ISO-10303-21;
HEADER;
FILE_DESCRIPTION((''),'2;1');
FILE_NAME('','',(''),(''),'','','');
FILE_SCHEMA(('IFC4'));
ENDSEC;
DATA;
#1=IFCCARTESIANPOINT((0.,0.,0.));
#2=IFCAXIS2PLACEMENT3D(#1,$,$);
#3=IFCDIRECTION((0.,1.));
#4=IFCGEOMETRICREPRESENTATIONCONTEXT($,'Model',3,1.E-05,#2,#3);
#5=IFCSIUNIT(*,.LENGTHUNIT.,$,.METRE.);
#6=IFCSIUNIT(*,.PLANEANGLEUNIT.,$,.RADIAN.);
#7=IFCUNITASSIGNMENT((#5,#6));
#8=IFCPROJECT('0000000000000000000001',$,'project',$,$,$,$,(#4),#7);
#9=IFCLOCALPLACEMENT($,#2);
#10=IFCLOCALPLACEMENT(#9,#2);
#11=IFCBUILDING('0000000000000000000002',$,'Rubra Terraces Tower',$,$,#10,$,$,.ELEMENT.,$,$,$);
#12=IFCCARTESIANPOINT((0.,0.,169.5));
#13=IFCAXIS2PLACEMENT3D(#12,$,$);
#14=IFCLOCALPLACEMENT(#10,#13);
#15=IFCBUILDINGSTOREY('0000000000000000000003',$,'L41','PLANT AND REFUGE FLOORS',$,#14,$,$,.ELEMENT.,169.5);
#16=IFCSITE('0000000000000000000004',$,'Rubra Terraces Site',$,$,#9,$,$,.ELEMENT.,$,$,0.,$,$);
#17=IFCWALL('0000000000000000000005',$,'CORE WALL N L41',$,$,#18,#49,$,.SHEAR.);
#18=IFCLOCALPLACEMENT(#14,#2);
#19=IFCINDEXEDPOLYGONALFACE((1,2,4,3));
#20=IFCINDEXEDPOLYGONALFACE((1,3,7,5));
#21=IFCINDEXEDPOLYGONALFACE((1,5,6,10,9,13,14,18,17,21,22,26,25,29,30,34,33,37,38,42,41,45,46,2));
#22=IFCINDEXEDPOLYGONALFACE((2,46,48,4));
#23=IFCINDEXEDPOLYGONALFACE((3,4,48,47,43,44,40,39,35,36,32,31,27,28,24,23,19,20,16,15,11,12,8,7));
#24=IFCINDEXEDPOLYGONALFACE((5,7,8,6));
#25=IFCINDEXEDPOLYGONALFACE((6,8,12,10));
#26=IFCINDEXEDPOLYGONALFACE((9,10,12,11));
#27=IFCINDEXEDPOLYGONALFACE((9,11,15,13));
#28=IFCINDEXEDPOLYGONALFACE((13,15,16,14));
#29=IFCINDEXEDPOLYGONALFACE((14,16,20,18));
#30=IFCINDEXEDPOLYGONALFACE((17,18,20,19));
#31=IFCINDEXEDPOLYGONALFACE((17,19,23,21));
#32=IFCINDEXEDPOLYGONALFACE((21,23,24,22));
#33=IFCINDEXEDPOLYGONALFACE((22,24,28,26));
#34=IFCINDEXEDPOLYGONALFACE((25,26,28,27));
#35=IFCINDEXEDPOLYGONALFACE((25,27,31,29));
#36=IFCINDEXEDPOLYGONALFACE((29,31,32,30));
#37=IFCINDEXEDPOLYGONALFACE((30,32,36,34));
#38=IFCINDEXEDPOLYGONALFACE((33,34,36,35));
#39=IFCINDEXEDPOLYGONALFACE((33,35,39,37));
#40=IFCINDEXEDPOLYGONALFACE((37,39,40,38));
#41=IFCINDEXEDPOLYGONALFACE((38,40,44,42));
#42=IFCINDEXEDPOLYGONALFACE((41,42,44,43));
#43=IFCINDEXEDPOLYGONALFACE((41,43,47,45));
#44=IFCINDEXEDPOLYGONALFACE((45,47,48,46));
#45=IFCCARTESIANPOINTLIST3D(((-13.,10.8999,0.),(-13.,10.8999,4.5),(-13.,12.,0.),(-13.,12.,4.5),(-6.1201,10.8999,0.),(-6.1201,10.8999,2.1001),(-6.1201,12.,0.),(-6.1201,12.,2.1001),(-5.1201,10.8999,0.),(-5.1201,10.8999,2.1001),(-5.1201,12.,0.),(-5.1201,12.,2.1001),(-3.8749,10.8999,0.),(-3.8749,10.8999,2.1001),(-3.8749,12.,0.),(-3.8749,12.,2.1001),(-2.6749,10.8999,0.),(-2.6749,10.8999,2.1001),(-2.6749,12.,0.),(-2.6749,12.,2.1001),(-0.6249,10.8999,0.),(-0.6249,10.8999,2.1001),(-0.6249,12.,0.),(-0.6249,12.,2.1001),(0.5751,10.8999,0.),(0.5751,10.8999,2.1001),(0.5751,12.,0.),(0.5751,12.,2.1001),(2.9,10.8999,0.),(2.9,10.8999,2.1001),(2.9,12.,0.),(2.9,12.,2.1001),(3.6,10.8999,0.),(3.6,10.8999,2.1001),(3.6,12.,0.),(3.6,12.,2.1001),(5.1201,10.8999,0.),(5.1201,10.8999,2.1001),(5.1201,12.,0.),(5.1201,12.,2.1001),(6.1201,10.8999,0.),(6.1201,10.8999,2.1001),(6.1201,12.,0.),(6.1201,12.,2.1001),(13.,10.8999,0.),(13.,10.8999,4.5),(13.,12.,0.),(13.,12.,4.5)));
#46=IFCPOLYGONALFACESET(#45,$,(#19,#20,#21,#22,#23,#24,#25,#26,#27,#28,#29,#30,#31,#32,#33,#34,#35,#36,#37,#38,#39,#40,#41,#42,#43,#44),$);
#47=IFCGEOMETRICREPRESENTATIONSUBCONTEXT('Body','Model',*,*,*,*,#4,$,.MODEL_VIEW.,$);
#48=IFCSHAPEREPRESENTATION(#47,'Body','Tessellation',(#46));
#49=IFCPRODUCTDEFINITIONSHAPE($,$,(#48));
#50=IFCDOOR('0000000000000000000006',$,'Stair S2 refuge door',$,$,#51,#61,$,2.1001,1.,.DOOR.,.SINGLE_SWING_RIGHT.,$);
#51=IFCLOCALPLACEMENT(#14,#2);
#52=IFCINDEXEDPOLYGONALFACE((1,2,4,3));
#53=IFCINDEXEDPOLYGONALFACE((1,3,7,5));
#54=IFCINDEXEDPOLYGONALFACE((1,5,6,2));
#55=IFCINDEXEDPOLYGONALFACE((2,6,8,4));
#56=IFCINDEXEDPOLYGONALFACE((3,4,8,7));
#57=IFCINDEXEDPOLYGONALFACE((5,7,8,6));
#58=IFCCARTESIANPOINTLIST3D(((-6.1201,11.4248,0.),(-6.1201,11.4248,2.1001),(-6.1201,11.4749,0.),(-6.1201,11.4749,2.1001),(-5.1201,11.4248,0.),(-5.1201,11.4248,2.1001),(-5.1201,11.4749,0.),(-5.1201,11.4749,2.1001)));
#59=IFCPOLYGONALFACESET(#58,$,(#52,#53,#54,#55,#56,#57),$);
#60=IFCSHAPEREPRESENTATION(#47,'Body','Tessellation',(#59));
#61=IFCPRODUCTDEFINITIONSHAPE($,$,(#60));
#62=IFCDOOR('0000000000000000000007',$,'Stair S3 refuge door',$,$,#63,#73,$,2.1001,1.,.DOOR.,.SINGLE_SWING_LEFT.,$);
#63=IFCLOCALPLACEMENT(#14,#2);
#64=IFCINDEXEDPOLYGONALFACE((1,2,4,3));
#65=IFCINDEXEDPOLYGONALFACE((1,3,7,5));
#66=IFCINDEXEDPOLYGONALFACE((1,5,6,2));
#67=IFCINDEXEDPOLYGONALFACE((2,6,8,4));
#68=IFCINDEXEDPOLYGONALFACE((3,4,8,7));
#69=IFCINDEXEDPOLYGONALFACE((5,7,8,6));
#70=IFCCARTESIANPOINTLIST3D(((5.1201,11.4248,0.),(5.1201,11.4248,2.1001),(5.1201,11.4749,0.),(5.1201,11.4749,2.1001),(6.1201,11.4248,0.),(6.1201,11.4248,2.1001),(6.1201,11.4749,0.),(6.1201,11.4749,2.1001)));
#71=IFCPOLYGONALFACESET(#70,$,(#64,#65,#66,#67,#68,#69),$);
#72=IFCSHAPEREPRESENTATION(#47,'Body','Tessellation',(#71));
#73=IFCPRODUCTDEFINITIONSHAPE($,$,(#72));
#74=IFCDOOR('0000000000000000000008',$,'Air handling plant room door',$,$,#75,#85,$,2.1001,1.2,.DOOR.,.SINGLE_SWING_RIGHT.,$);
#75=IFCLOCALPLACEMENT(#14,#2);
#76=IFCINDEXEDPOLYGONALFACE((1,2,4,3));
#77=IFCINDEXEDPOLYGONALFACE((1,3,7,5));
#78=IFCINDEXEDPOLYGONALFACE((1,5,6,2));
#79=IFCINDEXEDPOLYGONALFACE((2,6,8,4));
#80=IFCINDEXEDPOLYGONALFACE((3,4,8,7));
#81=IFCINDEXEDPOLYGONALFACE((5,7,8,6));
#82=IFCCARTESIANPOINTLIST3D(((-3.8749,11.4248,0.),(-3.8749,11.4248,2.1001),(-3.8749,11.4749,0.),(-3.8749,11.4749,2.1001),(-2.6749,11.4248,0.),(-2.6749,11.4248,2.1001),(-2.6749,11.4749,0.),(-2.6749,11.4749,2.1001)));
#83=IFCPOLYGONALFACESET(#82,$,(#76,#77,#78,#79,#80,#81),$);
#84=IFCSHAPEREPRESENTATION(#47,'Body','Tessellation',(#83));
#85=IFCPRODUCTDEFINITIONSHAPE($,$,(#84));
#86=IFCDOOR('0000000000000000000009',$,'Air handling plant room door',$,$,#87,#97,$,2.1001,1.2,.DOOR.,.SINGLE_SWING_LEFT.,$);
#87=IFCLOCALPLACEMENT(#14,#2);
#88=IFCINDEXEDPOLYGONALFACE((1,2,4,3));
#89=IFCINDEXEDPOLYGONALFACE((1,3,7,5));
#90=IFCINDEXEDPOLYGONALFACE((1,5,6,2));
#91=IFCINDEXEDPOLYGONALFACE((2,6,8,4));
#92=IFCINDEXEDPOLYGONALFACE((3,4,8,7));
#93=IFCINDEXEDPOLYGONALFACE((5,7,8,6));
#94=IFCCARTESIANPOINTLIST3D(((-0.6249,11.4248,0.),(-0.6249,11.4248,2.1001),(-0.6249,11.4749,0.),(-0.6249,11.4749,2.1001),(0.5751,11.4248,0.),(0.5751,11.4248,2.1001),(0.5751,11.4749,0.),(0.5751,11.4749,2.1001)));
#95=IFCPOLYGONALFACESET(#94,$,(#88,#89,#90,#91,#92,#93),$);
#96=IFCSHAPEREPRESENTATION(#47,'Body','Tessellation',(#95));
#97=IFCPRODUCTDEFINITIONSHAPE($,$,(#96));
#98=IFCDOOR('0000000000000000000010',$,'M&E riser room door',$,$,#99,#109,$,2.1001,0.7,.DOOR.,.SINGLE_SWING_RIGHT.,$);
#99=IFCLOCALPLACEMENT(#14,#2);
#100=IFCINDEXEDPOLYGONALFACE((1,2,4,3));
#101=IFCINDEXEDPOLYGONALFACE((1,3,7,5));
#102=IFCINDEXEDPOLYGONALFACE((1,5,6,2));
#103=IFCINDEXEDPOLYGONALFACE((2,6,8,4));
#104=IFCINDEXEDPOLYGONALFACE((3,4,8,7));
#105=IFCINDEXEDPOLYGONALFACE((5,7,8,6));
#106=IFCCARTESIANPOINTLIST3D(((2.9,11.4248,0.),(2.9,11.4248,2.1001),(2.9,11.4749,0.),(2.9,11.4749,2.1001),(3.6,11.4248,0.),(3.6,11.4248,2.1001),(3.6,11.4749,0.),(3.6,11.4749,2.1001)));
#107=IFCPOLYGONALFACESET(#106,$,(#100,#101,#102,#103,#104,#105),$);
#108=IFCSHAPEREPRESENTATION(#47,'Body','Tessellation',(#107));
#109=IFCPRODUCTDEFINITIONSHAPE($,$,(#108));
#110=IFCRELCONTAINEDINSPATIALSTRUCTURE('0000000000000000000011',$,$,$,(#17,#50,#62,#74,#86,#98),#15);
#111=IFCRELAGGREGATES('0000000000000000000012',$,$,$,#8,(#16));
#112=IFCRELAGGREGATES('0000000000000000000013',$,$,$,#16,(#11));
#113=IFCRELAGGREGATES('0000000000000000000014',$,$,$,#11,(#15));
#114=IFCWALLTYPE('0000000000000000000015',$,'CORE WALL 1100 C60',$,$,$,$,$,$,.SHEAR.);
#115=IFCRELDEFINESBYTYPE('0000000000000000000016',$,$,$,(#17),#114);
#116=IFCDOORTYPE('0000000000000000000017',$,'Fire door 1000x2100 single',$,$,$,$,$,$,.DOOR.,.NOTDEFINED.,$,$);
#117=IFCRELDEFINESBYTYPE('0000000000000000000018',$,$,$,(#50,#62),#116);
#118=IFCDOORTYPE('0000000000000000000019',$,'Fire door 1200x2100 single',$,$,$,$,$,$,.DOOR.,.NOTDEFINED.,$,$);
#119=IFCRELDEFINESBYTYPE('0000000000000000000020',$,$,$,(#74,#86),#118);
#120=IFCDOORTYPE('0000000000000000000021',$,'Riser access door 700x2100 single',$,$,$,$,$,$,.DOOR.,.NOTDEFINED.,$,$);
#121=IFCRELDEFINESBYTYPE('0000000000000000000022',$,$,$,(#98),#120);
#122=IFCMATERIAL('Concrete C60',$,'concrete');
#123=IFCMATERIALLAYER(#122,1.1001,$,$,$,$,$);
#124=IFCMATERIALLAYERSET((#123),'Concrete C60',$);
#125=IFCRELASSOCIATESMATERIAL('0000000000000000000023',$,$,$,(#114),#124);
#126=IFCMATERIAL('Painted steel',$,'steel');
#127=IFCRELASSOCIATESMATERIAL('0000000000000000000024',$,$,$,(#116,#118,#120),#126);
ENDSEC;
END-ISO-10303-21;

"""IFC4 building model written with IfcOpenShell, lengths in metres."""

from ifc_helpers import new_model, si_unit, direction, frame, frame_2d, origin, place, context, subcontext, project, spatial, rectangle, extrude, material, layer, layer_set, type_object, element, fill, save


model = new_model("IFC4")

# Units and contexts
model_context = context("Model", 3, precision=1e-05, world=origin(), true_north=direction((0.0, 1.0)))
body_context = subcontext(model_context, "Body", "Model", "MODEL_VIEW")
ifc_project = project(units=[si_unit("LENGTHUNIT", "METRE"), si_unit("PLANEANGLEUNIT", "RADIAN")], contexts=[model_context])

# Site, building, storey
site_placement = place(None, origin())
site = spatial("IfcSite", under=ifc_project, at=site_placement, Name="Rubra Terraces Site", CompositionType="ELEMENT", RefElevation=0.0)
building_placement = place(site_placement, origin())
building = spatial("IfcBuilding", under=site, at=building_placement, Name="Rubra Terraces Tower", CompositionType="ELEMENT")
storey_placement = place(building_placement, frame((0.0, 0.0, 169.5)))
storey = spatial("IfcBuildingStorey", under=building, at=storey_placement, Name="L41", Description="PLANT AND REFUGE FLOORS", CompositionType="ELEMENT", Elevation=169.5)

# Wall, openings, doors
ifc_material_1 = material(Name="Concrete C60", Category="concrete")
ifc_layer_1 = layer(ifc_material_1, 1.1001)
ifc_layer_set_1 = layer_set([ifc_layer_1], Name="Concrete C60")
wall_type_1 = type_object("IfcWallType", Name="CORE WALL 1100 C60", PredefinedType="SHEAR", material=ifc_layer_set_1)
wall_1_placement = place(storey_placement, frame((-13.0, 11.45, 0.0), z_axis=(0.0, 0.0, 1.0), x_axis=(1.0, 0.0, 0.0)))
wall_1 = element("IfcWall", 1, at=wall_1_placement, inside=storey, type_object=wall_type_1, Name="CORE WALL N L41", PredefinedType="SHEAR", context=body_context, shape_type="SweptSolid", body=[
    extrude(rectangle(XDim=26.0, YDim=1.1001, at=frame_2d((13.0, 0.0))), origin(), (0.0, 0.0, 1.0), 4.5),
])
opening_1_placement = place(wall_1_placement, frame((9.125, 0.0, 0.0)))
opening_1 = element("IfcOpeningElement", 2, at=opening_1_placement, cuts=wall_1, PredefinedType="OPENING", context=body_context, shape_type="SweptSolid", body=[
    extrude(rectangle(XDim=1.2, YDim=2.1001, at=frame_2d((0.6001, 1.05))), frame((0.0, 0.5601, 0.0), z_axis=(0.0, -1.0, 0.0), x_axis=(1.0, 0.0, 0.0)), (0.0, 0.0, 1.0), 1.1201),
])
opening_2_placement = place(wall_1_placement, frame((12.375, 0.0, 0.0)))
opening_2 = element("IfcOpeningElement", 3, at=opening_2_placement, cuts=wall_1, PredefinedType="OPENING", context=body_context, shape_type="SweptSolid", body=[
    extrude(rectangle(XDim=1.2, YDim=2.1001, at=frame_2d((0.6001, 1.05))), frame((0.0, 0.5601, 0.0), z_axis=(0.0, -1.0, 0.0), x_axis=(1.0, 0.0, 0.0)), (0.0, 0.0, 1.0), 1.1201),
])
opening_3_placement = place(wall_1_placement, frame((15.8999, 0.0, 0.0)))
opening_3 = element("IfcOpeningElement", 4, at=opening_3_placement, cuts=wall_1, PredefinedType="OPENING", context=body_context, shape_type="SweptSolid", body=[
    extrude(rectangle(XDim=0.7, YDim=2.1001, at=frame_2d((0.3501, 1.05))), frame((0.0, 0.5601, 0.0), z_axis=(0.0, -1.0, 0.0), x_axis=(1.0, 0.0, 0.0)), (0.0, 0.0, 1.0), 1.1201),
])
opening_4_placement = place(wall_1_placement, frame((6.8799, 0.0, 0.0)))
opening_4 = element("IfcOpeningElement", 5, at=opening_4_placement, cuts=wall_1, PredefinedType="OPENING", context=body_context, shape_type="SweptSolid", body=[
    extrude(rectangle(XDim=1.0, YDim=2.1001, at=frame_2d((0.5, 1.05))), frame((0.0, 0.5601, 0.0), z_axis=(0.0, -1.0, 0.0), x_axis=(1.0, 0.0, 0.0)), (0.0, 0.0, 1.0), 1.1201),
])
opening_5_placement = place(wall_1_placement, frame((18.1201, 0.0, 0.0)))
opening_5 = element("IfcOpeningElement", 6, at=opening_5_placement, cuts=wall_1, PredefinedType="OPENING", context=body_context, shape_type="SweptSolid", body=[
    extrude(rectangle(XDim=1.0, YDim=2.1001, at=frame_2d((0.5, 1.05))), frame((0.0, 0.5601, 0.0), z_axis=(0.0, -1.0, 0.0), x_axis=(1.0, 0.0, 0.0)), (0.0, 0.0, 1.0), 1.1201),
])
ifc_material_2 = material(Name="Painted steel", Category="steel")
door_type_1 = type_object("IfcDoorType", Name="Fire door 1000x2100 single", OperationType="NOTDEFINED", PredefinedType="DOOR", material=ifc_material_2)
door_1_placement = place(opening_4_placement, origin())
door_1 = element("IfcDoor", 7, at=door_1_placement, inside=storey, type_object=door_type_1, Name="Stair S2 refuge door", OperationType="SINGLE_SWING_RIGHT", OverallHeight=2.1001, OverallWidth=1.0, PredefinedType="DOOR", context=body_context, shape_type="SweptSolid", body=[
    extrude(rectangle(XDim=1.0, YDim=2.1001, at=frame_2d((0.5, 1.05))), frame((0.0, 0.0249, 0.0), z_axis=(0.0, -1.0, 0.0), x_axis=(1.0, 0.0, 0.0)), (0.0, 0.0, 1.0), 0.05),
])
fill(opening_4, door_1)
door_2_placement = place(opening_5_placement, origin())
door_2 = element("IfcDoor", 8, at=door_2_placement, inside=storey, type_object=door_type_1, Name="Stair S3 refuge door", OperationType="SINGLE_SWING_LEFT", OverallHeight=2.1001, OverallWidth=1.0, PredefinedType="DOOR", context=body_context, shape_type="SweptSolid", body=[
    extrude(rectangle(XDim=1.0, YDim=2.1001, at=frame_2d((0.5, 1.05))), frame((0.0, 0.0249, 0.0), z_axis=(0.0, -1.0, 0.0), x_axis=(1.0, 0.0, 0.0)), (0.0, 0.0, 1.0), 0.05),
])
fill(opening_5, door_2)
door_type_2 = type_object("IfcDoorType", Name="Fire door 1200x2100 single", OperationType="NOTDEFINED", PredefinedType="DOOR", material=ifc_material_2)
door_3_placement = place(opening_1_placement, origin())
door_3 = element("IfcDoor", 9, at=door_3_placement, inside=storey, type_object=door_type_2, Name="Air handling plant room door", OperationType="SINGLE_SWING_RIGHT", OverallHeight=2.1001, OverallWidth=1.2, PredefinedType="DOOR", context=body_context, shape_type="SweptSolid", body=[
    extrude(rectangle(XDim=1.2, YDim=2.1001, at=frame_2d((0.6001, 1.05))), frame((0.0, 0.0249, 0.0), z_axis=(0.0, -1.0, 0.0), x_axis=(1.0, 0.0, 0.0)), (0.0, 0.0, 1.0), 0.05),
])
fill(opening_1, door_3)
door_4_placement = place(opening_2_placement, origin())
door_4 = element("IfcDoor", 10, at=door_4_placement, inside=storey, type_object=door_type_2, Name="Air handling plant room door", OperationType="SINGLE_SWING_LEFT", OverallHeight=2.1001, OverallWidth=1.2, PredefinedType="DOOR", context=body_context, shape_type="SweptSolid", body=[
    extrude(rectangle(XDim=1.2, YDim=2.1001, at=frame_2d((0.6001, 1.05))), frame((0.0, 0.0249, 0.0), z_axis=(0.0, -1.0, 0.0), x_axis=(1.0, 0.0, 0.0)), (0.0, 0.0, 1.0), 0.05),
])
fill(opening_2, door_4)
door_type_3 = type_object("IfcDoorType", Name="Riser access door 700x2100 single", OperationType="NOTDEFINED", PredefinedType="DOOR", material=ifc_material_2)
door_5_placement = place(opening_3_placement, origin())
door_5 = element("IfcDoor", 11, at=door_5_placement, inside=storey, type_object=door_type_3, Name="M&E riser room door", OperationType="SINGLE_SWING_RIGHT", OverallHeight=2.1001, OverallWidth=0.7, PredefinedType="DOOR", context=body_context, shape_type="SweptSolid", body=[
    extrude(rectangle(XDim=0.7, YDim=2.1001, at=frame_2d((0.3501, 1.05))), frame((0.0, 0.0249, 0.0), z_axis=(0.0, -1.0, 0.0), x_axis=(1.0, 0.0, 0.0)), (0.0, 0.0, 1.0), 0.05),
])
fill(opening_3, door_5)

save(model, "model.ifc")
